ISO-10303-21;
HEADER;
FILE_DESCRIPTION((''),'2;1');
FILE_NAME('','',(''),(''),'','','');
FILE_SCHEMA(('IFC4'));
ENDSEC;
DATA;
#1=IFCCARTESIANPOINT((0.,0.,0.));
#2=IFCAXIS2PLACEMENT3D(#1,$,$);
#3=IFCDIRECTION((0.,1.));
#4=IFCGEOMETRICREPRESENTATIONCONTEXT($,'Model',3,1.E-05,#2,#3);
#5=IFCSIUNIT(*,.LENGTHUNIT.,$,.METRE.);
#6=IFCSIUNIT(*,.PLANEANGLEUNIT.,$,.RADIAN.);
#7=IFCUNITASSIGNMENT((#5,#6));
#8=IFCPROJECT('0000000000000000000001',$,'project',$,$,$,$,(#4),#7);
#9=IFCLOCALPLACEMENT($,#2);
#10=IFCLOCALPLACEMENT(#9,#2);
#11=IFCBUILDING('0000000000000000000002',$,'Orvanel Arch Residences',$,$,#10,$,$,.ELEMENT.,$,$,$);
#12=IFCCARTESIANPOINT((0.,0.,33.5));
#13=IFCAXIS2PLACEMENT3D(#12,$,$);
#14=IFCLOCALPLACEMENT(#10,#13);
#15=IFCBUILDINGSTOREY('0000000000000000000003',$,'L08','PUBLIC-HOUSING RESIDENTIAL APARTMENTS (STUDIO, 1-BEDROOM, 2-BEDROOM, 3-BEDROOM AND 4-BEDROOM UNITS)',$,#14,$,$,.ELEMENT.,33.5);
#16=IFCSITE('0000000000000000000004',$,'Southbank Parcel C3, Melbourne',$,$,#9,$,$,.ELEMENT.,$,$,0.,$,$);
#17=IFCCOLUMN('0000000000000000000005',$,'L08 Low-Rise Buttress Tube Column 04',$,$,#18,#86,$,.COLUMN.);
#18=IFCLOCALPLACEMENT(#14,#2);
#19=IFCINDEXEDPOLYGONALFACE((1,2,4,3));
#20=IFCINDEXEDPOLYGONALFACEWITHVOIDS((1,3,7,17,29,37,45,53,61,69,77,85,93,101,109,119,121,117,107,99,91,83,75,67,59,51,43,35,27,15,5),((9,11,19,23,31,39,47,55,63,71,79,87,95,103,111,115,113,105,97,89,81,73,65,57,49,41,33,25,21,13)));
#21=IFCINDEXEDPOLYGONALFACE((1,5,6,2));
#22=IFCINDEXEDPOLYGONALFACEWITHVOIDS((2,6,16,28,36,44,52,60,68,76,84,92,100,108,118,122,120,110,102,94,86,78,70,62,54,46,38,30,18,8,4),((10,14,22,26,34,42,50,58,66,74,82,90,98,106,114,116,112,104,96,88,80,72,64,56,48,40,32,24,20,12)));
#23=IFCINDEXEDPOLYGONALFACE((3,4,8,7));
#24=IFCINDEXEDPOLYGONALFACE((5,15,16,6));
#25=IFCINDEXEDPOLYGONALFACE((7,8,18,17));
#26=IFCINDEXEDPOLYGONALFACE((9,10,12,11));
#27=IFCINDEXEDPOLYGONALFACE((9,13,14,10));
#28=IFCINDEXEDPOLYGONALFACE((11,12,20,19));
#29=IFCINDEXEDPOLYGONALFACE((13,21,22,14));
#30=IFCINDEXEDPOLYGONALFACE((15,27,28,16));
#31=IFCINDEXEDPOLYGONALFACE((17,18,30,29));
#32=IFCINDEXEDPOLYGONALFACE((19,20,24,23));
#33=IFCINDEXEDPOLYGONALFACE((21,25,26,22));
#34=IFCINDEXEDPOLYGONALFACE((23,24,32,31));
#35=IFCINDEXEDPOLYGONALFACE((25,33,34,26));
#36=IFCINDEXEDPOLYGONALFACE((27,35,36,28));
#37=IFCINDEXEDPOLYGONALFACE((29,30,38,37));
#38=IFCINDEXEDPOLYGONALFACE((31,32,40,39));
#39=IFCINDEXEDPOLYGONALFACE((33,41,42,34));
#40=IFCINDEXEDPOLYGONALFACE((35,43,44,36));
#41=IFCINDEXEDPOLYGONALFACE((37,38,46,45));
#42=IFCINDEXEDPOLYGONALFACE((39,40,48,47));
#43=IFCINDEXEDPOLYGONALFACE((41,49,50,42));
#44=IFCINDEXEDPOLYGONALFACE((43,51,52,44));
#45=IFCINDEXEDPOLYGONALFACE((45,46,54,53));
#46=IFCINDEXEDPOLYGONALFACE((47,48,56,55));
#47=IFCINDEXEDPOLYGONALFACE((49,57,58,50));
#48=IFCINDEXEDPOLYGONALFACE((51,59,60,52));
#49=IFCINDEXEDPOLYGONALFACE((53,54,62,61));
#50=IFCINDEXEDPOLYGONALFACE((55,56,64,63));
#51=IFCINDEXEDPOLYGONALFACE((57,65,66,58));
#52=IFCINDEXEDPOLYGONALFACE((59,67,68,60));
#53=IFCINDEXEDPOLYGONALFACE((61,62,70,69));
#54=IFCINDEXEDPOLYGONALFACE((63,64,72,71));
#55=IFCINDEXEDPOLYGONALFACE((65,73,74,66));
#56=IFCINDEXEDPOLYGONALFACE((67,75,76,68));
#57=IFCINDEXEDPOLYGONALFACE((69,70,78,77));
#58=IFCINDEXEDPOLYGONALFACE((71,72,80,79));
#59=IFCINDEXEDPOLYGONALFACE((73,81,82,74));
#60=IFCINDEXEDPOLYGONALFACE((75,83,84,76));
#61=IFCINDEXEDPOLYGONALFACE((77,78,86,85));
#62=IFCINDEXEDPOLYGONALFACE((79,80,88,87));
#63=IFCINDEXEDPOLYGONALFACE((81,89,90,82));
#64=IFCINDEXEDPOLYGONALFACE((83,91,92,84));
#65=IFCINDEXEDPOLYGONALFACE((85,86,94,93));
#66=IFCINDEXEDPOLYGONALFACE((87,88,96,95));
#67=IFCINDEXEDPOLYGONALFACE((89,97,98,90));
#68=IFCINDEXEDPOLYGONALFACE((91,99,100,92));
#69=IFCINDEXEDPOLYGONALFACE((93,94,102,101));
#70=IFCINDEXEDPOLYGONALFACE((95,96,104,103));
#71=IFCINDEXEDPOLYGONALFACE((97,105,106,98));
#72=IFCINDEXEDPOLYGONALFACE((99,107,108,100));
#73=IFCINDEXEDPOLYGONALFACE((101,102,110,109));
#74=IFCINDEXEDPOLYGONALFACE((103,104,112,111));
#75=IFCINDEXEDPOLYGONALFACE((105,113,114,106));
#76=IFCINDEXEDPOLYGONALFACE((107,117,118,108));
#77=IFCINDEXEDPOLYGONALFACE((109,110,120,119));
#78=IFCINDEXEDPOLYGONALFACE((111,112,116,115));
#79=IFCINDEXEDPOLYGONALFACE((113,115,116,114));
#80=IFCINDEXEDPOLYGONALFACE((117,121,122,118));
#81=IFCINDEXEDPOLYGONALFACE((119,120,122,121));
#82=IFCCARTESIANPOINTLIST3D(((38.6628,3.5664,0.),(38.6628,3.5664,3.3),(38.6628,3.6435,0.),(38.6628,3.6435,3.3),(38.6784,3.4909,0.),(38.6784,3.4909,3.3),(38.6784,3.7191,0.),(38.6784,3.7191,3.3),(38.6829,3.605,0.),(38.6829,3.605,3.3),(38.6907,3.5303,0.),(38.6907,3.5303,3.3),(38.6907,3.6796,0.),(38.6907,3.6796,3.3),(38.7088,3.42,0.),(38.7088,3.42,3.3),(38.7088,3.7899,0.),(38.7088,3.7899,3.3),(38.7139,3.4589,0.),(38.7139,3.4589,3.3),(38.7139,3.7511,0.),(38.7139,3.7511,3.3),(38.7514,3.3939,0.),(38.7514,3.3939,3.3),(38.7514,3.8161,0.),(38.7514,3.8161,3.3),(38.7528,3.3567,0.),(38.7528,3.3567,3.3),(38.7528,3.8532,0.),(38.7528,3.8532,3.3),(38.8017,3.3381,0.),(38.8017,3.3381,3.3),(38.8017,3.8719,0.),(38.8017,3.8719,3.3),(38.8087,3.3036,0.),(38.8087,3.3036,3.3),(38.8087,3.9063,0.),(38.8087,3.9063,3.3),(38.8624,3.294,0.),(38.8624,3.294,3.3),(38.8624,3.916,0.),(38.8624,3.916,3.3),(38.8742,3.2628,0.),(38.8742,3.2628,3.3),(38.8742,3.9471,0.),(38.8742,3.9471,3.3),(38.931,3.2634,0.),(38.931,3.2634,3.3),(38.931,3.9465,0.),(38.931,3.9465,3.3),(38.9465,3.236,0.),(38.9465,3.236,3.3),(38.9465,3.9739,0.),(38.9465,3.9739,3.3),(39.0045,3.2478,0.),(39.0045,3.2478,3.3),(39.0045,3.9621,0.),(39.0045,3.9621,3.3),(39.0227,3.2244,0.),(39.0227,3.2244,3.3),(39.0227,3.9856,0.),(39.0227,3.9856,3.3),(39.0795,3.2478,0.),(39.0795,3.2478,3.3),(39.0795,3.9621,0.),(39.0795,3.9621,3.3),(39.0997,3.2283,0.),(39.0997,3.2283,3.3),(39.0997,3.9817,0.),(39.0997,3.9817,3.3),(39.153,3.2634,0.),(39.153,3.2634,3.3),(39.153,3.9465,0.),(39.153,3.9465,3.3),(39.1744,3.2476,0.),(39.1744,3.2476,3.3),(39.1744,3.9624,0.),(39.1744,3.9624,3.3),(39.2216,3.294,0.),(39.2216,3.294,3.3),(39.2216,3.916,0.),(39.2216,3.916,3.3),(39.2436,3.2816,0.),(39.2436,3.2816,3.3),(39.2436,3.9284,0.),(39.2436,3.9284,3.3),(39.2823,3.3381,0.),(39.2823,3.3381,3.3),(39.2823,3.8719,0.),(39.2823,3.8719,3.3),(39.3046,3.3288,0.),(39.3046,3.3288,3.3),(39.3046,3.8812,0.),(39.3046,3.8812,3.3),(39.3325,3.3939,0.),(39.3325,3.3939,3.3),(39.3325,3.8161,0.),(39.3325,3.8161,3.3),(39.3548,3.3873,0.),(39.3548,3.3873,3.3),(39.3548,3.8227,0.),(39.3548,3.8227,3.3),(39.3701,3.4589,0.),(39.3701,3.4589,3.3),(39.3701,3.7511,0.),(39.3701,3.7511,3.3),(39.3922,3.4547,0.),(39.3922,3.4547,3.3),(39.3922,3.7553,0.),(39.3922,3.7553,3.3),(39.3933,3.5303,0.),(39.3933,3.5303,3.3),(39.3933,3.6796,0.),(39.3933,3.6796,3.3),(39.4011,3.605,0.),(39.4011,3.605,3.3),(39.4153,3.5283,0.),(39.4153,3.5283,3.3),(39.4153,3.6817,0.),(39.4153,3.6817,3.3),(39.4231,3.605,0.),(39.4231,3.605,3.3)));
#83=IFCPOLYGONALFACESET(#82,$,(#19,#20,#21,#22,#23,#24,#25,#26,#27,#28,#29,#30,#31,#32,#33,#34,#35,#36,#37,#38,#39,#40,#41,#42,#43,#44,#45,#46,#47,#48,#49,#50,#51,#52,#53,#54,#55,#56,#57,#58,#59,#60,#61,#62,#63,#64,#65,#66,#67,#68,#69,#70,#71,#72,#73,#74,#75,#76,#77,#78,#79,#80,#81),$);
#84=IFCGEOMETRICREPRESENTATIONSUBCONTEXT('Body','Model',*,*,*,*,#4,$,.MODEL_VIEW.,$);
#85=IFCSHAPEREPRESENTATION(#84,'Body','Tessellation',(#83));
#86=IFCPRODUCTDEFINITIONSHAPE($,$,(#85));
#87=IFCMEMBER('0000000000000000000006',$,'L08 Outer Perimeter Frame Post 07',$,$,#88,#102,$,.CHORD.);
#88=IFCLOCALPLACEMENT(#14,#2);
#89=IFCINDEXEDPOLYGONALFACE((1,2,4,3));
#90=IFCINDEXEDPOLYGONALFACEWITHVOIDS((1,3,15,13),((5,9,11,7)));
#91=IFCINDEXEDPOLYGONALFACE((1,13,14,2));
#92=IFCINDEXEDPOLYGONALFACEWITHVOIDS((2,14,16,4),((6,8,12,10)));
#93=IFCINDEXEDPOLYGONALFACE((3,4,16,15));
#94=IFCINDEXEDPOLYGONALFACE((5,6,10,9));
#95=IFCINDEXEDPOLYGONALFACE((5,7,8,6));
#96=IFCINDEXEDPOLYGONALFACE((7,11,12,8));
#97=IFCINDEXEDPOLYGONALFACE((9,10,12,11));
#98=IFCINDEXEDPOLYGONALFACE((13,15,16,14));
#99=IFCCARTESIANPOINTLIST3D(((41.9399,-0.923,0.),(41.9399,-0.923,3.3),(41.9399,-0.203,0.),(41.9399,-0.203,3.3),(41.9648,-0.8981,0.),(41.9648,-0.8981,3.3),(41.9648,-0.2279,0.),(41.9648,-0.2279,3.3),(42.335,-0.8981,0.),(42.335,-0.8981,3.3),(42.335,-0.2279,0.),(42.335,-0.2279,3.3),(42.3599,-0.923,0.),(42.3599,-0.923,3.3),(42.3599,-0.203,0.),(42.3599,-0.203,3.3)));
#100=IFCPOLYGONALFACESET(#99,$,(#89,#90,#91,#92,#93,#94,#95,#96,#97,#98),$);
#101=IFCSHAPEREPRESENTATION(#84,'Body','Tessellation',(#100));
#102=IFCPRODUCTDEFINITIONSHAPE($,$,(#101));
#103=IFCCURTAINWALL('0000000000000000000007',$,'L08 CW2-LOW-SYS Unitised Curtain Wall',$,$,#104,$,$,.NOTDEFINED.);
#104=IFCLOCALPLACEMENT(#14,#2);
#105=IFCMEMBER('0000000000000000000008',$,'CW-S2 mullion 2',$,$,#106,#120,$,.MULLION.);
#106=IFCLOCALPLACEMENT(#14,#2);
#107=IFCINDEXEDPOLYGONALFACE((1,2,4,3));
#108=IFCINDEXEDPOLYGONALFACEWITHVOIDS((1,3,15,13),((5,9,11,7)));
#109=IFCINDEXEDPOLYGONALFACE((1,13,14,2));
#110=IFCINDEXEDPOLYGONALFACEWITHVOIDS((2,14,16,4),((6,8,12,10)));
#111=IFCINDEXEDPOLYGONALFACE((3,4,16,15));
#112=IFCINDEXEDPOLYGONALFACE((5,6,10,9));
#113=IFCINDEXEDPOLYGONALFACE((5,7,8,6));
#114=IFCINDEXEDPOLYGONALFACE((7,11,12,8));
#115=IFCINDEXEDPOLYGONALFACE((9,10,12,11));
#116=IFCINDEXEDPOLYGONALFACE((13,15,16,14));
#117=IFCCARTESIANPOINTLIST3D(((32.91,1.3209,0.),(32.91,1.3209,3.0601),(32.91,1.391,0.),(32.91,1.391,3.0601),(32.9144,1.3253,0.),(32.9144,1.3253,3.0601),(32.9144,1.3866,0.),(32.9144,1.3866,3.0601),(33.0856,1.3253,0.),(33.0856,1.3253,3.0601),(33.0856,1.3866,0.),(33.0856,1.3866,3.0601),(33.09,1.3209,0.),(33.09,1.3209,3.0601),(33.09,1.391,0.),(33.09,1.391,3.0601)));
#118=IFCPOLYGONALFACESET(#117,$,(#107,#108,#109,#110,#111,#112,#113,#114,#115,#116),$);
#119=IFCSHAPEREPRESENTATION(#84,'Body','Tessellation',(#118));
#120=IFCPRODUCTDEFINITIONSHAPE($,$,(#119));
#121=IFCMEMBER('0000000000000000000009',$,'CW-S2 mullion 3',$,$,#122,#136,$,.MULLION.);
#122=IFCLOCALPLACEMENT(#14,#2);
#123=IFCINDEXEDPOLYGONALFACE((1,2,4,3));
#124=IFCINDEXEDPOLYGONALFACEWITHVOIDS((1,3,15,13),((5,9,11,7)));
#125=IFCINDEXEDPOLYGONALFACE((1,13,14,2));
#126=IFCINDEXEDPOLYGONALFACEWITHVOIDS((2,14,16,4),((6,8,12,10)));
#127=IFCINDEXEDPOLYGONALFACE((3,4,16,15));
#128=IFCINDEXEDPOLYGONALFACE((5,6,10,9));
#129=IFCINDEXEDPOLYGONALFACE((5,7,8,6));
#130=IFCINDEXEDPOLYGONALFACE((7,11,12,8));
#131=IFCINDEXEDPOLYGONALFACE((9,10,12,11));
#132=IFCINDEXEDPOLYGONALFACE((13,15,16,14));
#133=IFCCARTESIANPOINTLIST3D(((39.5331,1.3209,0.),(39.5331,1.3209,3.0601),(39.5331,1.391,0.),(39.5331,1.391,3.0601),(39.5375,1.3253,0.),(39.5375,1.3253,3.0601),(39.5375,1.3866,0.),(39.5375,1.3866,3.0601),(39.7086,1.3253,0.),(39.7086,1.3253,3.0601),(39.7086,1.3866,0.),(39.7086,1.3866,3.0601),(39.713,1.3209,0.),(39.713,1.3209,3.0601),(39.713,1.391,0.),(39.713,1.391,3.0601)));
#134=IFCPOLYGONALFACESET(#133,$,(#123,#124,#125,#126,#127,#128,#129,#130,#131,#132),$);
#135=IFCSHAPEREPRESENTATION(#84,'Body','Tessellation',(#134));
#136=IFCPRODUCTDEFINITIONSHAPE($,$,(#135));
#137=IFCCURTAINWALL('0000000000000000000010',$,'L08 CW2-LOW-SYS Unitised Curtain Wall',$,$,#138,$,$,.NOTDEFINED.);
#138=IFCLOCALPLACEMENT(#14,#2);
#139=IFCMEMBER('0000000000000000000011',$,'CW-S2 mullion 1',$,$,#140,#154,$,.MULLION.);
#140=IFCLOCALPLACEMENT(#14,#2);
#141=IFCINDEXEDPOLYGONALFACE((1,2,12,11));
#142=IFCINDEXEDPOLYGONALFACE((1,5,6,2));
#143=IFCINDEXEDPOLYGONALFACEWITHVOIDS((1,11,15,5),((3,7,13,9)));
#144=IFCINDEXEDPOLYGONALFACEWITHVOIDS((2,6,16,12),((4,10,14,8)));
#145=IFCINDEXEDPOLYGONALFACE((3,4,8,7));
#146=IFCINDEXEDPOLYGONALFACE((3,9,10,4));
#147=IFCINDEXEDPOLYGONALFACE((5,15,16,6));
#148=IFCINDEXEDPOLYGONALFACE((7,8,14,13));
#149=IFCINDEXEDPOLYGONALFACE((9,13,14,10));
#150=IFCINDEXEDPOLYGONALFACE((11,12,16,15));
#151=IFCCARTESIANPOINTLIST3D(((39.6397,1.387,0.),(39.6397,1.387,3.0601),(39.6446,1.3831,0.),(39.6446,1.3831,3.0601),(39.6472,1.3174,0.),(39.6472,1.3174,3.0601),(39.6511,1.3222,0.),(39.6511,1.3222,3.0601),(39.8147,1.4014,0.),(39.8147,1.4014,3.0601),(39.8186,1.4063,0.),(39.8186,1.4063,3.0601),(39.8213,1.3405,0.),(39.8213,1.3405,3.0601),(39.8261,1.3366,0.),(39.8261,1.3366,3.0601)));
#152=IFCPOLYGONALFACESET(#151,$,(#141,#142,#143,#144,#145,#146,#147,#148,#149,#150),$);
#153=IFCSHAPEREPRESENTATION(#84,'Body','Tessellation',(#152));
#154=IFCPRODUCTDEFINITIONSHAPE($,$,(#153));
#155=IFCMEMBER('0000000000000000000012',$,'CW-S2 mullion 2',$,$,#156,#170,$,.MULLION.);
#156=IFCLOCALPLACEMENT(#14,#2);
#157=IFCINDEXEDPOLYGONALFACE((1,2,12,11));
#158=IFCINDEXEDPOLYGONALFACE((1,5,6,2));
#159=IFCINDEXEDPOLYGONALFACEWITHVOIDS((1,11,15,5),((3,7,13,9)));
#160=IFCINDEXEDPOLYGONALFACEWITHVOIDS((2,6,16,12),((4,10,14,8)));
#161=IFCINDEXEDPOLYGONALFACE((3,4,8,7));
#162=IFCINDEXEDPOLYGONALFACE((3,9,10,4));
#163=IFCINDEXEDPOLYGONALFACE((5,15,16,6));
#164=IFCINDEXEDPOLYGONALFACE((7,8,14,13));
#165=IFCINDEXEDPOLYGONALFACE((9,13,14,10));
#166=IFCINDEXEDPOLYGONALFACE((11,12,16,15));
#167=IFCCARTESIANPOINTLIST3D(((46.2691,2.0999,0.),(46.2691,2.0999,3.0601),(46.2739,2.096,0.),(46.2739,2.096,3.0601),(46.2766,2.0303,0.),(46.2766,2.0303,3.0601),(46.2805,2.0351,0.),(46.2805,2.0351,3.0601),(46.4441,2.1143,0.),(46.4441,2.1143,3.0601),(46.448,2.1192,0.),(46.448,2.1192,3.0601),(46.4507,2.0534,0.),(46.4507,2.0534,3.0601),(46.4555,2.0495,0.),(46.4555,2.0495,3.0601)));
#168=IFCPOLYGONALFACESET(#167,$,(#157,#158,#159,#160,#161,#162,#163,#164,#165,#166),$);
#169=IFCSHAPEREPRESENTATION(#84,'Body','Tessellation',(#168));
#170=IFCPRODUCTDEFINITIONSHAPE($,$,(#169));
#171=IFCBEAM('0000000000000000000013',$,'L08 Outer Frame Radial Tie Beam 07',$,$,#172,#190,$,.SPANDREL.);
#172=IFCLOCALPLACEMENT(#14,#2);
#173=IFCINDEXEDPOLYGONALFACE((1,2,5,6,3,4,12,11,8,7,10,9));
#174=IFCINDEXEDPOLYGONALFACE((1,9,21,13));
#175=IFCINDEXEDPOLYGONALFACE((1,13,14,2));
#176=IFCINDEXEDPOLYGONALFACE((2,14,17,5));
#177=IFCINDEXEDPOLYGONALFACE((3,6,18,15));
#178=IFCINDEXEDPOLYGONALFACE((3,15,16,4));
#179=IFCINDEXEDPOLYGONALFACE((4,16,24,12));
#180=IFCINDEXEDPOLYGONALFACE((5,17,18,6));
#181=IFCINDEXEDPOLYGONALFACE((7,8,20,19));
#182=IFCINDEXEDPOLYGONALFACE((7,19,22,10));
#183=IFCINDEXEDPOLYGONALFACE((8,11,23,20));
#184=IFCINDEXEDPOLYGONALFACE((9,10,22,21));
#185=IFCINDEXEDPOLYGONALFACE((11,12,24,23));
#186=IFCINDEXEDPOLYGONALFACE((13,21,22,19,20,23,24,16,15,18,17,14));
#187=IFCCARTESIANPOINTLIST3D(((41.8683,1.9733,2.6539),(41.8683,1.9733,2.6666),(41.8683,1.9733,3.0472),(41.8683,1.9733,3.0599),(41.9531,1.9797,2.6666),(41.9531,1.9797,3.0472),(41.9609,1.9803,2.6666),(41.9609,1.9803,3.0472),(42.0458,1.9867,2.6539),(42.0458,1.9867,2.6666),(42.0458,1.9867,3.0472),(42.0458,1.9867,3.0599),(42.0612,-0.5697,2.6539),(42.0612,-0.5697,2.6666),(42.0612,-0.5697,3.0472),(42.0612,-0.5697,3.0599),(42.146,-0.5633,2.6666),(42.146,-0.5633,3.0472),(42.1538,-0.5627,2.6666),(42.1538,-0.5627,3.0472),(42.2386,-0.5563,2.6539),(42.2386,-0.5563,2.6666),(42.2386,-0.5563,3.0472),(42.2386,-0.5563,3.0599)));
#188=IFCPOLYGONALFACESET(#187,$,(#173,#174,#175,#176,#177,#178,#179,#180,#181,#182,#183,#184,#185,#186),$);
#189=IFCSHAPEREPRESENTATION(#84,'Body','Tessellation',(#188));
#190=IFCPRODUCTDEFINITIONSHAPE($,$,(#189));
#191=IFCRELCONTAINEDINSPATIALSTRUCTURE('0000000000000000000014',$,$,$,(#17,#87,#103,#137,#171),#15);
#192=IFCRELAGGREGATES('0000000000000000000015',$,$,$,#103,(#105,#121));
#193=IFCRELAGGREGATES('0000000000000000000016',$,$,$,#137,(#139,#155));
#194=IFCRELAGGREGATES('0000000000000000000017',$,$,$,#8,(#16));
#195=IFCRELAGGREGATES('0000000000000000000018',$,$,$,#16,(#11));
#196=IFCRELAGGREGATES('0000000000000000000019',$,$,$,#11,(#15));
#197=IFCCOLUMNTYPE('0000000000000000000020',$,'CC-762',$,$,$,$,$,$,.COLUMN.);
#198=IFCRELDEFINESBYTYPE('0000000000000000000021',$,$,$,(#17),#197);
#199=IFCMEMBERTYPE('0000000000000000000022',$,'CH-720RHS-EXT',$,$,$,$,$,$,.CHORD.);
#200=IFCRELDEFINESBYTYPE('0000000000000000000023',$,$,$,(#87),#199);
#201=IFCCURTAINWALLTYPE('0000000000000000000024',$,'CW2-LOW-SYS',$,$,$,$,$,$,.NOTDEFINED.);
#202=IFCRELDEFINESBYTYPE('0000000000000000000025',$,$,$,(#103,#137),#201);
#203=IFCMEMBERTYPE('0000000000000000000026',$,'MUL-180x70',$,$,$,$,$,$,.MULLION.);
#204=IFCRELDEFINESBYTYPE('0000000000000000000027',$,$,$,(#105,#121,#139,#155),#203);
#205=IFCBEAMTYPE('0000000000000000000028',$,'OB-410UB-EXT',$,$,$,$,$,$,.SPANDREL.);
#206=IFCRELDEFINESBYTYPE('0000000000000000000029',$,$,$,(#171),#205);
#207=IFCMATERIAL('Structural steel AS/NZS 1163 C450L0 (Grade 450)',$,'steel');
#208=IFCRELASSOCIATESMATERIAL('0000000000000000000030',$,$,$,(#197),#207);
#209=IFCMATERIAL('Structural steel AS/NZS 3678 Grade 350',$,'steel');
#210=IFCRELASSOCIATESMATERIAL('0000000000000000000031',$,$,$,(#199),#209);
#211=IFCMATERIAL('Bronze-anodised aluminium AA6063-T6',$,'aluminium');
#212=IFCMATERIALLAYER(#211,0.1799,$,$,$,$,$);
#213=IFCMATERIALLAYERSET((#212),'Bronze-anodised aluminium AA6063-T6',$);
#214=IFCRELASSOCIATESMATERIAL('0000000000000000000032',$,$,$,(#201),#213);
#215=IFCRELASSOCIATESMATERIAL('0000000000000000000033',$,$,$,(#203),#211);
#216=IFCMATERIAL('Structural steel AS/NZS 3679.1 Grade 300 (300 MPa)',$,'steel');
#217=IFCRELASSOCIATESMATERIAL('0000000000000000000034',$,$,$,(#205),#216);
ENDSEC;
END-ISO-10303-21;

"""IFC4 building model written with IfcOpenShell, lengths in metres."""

from ifc_helpers import new_model, si_unit, direction, frame, origin, origin_2d, place, context, subcontext, project, spatial, hollow_rectangle, hollow_circle, i_section, extrude, material, layer, layer_set, material_profile, profile_set, type_object, element, aggregate, save


model = new_model("IFC4")

# Units and contexts
model_context = context("Model", 3, precision=1e-05, world=origin(), true_north=direction((0.0, 1.0)))
body_context = subcontext(model_context, "Body", "Model", "MODEL_VIEW")
ifc_project = project(units=[si_unit("LENGTHUNIT", "METRE"), si_unit("PLANEANGLEUNIT", "RADIAN")], contexts=[model_context])

# Site, building, storey
site_placement = place(None, origin())
site = spatial("IfcSite", under=ifc_project, at=site_placement, Name="Southbank Parcel C3, Melbourne", CompositionType="ELEMENT", RefElevation=0.0)
building_placement = place(site_placement, origin())
building = spatial("IfcBuilding", under=site, at=building_placement, Name="Orvanel Arch Residences", CompositionType="ELEMENT")
storey_placement = place(building_placement, frame((0.0, 0.0, 33.5)))
storey = spatial("IfcBuildingStorey", under=building, at=storey_placement, Name="L08", Description="PUBLIC-HOUSING RESIDENTIAL APARTMENTS (STUDIO, 1-BEDROOM, 2-BEDROOM, 3-BEDROOM AND 4-BEDROOM UNITS)", CompositionType="ELEMENT", Elevation=33.5)

# Column
ifc_material_1 = material(Name="Structural steel AS/NZS 1163 C450L0 (Grade 450)", Category="steel")
ifc_material_profile_1 = material_profile(ifc_material_1, hollow_circle(Radius=0.3811, WallThickness=0.022, at=origin_2d()), Name="CHS762x22")
ifc_profile_set_1 = profile_set([ifc_material_profile_1], Name="Structural steel AS/NZS 1163 C450L0 (Grade 450)")
column_type = type_object("IfcColumnType", Name="CC-762", PredefinedType="COLUMN", material=ifc_profile_set_1)
column_placement = place(storey_placement, frame((39.042, 3.605, 0.0), z_axis=(0.0, 0.0, 1.0), x_axis=(1.0, 0.0, 0.0)))
element("IfcColumn", 1, at=column_placement, inside=storey, type_object=column_type, Name="L08 Low-Rise Buttress Tube Column 04", PredefinedType="COLUMN", context=body_context, shape_type="SweptSolid", body=[
    extrude(hollow_circle(Radius=0.3811, WallThickness=0.022, at=origin_2d()), origin(), (0.0, 0.0, 1.0), 3.3),
])

# Member
ifc_material_2 = material(Name="Structural steel AS/NZS 3678 Grade 350", Category="steel")
ifc_material_profile_2 = material_profile(ifc_material_2, hollow_rectangle(XDim=0.4199, YDim=0.72, WallThickness=0.0249, at=origin_2d()), Name="RHS720x420x25")
ifc_profile_set_2 = profile_set([ifc_material_profile_2], Name="Structural steel AS/NZS 3678 Grade 350")
member_type_1 = type_object("IfcMemberType", Name="CH-720RHS-EXT", PredefinedType="CHORD", material=ifc_profile_set_2)
member_1_placement = place(storey_placement, frame((42.1499, -0.563, 0.0), z_axis=(0.0, 0.0, 1.0), x_axis=(1.0, 0.0, 0.0)))
element("IfcMember", 2, at=member_1_placement, inside=storey, type_object=member_type_1, Name="L08 Outer Perimeter Frame Post 07", PredefinedType="CHORD", context=body_context, shape_type="SweptSolid", body=[
    extrude(hollow_rectangle(XDim=0.4199, YDim=0.72, WallThickness=0.0249, at=origin_2d()), origin(), (0.0, 0.0, 1.0), 3.3),
])

# Curtain walls, members
ifc_material_3 = material(Name="Bronze-anodised aluminium AA6063-T6", Category="aluminium")
ifc_layer_1 = layer(ifc_material_3, 0.1799)
ifc_layer_set_1 = layer_set([ifc_layer_1], Name="Bronze-anodised aluminium AA6063-T6")
curtain_wall_type = type_object("IfcCurtainWallType", Name="CW2-LOW-SYS", PredefinedType="NOTDEFINED", material=ifc_layer_set_1)
curtain_wall_1_placement = place(storey_placement, origin())
curtain_wall_1 = element("IfcCurtainWall", 3, at=curtain_wall_1_placement, inside=storey, type_object=curtain_wall_type, Name="L08 CW2-LOW-SYS Unitised Curtain Wall", PredefinedType="NOTDEFINED")
ifc_material_profile_3 = material_profile(ifc_material_3, hollow_rectangle(XDim=0.0701, YDim=0.1799, WallThickness=0.0044, at=origin_2d()), Name="ALU180x70x4.5")
ifc_profile_set_3 = profile_set([ifc_material_profile_3], Name="Bronze-anodised aluminium AA6063-T6")
member_type_2 = type_object("IfcMemberType", Name="MUL-180x70", PredefinedType="MULLION", material=ifc_profile_set_3)
member_2_placement = place(storey_placement, frame((33.0, 1.356, 0.0), z_axis=(0.0, 0.0, 1.0), x_axis=(0.0, 1.0, 0.0)))
member_2 = element("IfcMember", 4, at=member_2_placement, type_object=member_type_2, Name="CW-S2 mullion 2", PredefinedType="MULLION", context=body_context, shape_type="SweptSolid", body=[
    extrude(hollow_rectangle(XDim=0.0701, YDim=0.1799, WallThickness=0.0044, at=origin_2d()), origin(), (0.0, 0.0, 1.0), 3.0601),
])
member_3_placement = place(storey_placement, frame((39.623, 1.356, 0.0), z_axis=(0.0, 0.0, 1.0), x_axis=(0.0, 1.0, 0.0)))
member_3 = element("IfcMember", 5, at=member_3_placement, type_object=member_type_2, Name="CW-S2 mullion 3", PredefinedType="MULLION", context=body_context, shape_type="SweptSolid", body=[
    extrude(hollow_rectangle(XDim=0.0701, YDim=0.1799, WallThickness=0.0044, at=origin_2d()), origin(), (0.0, 0.0, 1.0), 3.0601),
])
curtain_wall_2_placement = place(storey_placement, origin())
curtain_wall_2 = element("IfcCurtainWall", 6, at=curtain_wall_2_placement, inside=storey, type_object=curtain_wall_type, Name="L08 CW2-LOW-SYS Unitised Curtain Wall", PredefinedType="NOTDEFINED")
member_4_placement = place(storey_placement, frame((39.7329, 1.3618, 0.0), z_axis=(0.0, 0.0, 1.0), x_axis=(-0.106921, 0.994267, 0.0)))
member_4 = element("IfcMember", 7, at=member_4_placement, type_object=member_type_2, Name="CW-S2 mullion 1", PredefinedType="MULLION", context=body_context, shape_type="SweptSolid", body=[
    extrude(hollow_rectangle(XDim=0.0701, YDim=0.1799, WallThickness=0.0044, at=origin_2d()), origin(), (0.0, 0.0, 1.0), 3.0601),
])
member_5_placement = place(storey_placement, frame((46.3623, 2.0747, 0.0), z_axis=(0.0, 0.0, 1.0), x_axis=(-0.106921, 0.994267, 0.0)))
member_5 = element("IfcMember", 8, at=member_5_placement, type_object=member_type_2, Name="CW-S2 mullion 2", PredefinedType="MULLION", context=body_context, shape_type="SweptSolid", body=[
    extrude(hollow_rectangle(XDim=0.0701, YDim=0.1799, WallThickness=0.0044, at=origin_2d()), origin(), (0.0, 0.0, 1.0), 3.0601),
])

# Beam
ifc_material_4 = material(Name="Structural steel AS/NZS 3679.1 Grade 300 (300 MPa)", Category="steel")
ifc_material_profile_4 = material_profile(ifc_material_4, i_section(OverallWidth=0.178, OverallDepth=0.406, WebThickness=0.0078, FlangeThickness=0.0127, at=origin_2d()), Name="410UB59.7")
ifc_profile_set_4 = profile_set([ifc_material_profile_4], Name="Structural steel AS/NZS 3679.1 Grade 300 (300 MPa)")
beam_type_1 = type_object("IfcBeamType", Name="OB-410UB-EXT", PredefinedType="SPANDREL", material=ifc_profile_set_4)
beam_1_placement = place(storey_placement, frame((41.957, 1.98, 2.8569), z_axis=(0.075628, -0.997136, 0.0), x_axis=(0.997136, 0.075628, 0.0)))
element("IfcBeam", 9, at=beam_1_placement, inside=storey, type_object=beam_type_1, Name="L08 Outer Frame Radial Tie Beam 07", PredefinedType="SPANDREL", context=body_context, shape_type="SweptSolid", body=[
    extrude(i_section(OverallWidth=0.178, OverallDepth=0.406, WebThickness=0.0078, FlangeThickness=0.0127, at=origin_2d()), origin(), (0.0, 0.0, 1.0), 2.5503),
])

aggregate(curtain_wall_1, [member_2, member_3])
aggregate(curtain_wall_2, [member_4, member_5])

save(model, "model.ifc")
